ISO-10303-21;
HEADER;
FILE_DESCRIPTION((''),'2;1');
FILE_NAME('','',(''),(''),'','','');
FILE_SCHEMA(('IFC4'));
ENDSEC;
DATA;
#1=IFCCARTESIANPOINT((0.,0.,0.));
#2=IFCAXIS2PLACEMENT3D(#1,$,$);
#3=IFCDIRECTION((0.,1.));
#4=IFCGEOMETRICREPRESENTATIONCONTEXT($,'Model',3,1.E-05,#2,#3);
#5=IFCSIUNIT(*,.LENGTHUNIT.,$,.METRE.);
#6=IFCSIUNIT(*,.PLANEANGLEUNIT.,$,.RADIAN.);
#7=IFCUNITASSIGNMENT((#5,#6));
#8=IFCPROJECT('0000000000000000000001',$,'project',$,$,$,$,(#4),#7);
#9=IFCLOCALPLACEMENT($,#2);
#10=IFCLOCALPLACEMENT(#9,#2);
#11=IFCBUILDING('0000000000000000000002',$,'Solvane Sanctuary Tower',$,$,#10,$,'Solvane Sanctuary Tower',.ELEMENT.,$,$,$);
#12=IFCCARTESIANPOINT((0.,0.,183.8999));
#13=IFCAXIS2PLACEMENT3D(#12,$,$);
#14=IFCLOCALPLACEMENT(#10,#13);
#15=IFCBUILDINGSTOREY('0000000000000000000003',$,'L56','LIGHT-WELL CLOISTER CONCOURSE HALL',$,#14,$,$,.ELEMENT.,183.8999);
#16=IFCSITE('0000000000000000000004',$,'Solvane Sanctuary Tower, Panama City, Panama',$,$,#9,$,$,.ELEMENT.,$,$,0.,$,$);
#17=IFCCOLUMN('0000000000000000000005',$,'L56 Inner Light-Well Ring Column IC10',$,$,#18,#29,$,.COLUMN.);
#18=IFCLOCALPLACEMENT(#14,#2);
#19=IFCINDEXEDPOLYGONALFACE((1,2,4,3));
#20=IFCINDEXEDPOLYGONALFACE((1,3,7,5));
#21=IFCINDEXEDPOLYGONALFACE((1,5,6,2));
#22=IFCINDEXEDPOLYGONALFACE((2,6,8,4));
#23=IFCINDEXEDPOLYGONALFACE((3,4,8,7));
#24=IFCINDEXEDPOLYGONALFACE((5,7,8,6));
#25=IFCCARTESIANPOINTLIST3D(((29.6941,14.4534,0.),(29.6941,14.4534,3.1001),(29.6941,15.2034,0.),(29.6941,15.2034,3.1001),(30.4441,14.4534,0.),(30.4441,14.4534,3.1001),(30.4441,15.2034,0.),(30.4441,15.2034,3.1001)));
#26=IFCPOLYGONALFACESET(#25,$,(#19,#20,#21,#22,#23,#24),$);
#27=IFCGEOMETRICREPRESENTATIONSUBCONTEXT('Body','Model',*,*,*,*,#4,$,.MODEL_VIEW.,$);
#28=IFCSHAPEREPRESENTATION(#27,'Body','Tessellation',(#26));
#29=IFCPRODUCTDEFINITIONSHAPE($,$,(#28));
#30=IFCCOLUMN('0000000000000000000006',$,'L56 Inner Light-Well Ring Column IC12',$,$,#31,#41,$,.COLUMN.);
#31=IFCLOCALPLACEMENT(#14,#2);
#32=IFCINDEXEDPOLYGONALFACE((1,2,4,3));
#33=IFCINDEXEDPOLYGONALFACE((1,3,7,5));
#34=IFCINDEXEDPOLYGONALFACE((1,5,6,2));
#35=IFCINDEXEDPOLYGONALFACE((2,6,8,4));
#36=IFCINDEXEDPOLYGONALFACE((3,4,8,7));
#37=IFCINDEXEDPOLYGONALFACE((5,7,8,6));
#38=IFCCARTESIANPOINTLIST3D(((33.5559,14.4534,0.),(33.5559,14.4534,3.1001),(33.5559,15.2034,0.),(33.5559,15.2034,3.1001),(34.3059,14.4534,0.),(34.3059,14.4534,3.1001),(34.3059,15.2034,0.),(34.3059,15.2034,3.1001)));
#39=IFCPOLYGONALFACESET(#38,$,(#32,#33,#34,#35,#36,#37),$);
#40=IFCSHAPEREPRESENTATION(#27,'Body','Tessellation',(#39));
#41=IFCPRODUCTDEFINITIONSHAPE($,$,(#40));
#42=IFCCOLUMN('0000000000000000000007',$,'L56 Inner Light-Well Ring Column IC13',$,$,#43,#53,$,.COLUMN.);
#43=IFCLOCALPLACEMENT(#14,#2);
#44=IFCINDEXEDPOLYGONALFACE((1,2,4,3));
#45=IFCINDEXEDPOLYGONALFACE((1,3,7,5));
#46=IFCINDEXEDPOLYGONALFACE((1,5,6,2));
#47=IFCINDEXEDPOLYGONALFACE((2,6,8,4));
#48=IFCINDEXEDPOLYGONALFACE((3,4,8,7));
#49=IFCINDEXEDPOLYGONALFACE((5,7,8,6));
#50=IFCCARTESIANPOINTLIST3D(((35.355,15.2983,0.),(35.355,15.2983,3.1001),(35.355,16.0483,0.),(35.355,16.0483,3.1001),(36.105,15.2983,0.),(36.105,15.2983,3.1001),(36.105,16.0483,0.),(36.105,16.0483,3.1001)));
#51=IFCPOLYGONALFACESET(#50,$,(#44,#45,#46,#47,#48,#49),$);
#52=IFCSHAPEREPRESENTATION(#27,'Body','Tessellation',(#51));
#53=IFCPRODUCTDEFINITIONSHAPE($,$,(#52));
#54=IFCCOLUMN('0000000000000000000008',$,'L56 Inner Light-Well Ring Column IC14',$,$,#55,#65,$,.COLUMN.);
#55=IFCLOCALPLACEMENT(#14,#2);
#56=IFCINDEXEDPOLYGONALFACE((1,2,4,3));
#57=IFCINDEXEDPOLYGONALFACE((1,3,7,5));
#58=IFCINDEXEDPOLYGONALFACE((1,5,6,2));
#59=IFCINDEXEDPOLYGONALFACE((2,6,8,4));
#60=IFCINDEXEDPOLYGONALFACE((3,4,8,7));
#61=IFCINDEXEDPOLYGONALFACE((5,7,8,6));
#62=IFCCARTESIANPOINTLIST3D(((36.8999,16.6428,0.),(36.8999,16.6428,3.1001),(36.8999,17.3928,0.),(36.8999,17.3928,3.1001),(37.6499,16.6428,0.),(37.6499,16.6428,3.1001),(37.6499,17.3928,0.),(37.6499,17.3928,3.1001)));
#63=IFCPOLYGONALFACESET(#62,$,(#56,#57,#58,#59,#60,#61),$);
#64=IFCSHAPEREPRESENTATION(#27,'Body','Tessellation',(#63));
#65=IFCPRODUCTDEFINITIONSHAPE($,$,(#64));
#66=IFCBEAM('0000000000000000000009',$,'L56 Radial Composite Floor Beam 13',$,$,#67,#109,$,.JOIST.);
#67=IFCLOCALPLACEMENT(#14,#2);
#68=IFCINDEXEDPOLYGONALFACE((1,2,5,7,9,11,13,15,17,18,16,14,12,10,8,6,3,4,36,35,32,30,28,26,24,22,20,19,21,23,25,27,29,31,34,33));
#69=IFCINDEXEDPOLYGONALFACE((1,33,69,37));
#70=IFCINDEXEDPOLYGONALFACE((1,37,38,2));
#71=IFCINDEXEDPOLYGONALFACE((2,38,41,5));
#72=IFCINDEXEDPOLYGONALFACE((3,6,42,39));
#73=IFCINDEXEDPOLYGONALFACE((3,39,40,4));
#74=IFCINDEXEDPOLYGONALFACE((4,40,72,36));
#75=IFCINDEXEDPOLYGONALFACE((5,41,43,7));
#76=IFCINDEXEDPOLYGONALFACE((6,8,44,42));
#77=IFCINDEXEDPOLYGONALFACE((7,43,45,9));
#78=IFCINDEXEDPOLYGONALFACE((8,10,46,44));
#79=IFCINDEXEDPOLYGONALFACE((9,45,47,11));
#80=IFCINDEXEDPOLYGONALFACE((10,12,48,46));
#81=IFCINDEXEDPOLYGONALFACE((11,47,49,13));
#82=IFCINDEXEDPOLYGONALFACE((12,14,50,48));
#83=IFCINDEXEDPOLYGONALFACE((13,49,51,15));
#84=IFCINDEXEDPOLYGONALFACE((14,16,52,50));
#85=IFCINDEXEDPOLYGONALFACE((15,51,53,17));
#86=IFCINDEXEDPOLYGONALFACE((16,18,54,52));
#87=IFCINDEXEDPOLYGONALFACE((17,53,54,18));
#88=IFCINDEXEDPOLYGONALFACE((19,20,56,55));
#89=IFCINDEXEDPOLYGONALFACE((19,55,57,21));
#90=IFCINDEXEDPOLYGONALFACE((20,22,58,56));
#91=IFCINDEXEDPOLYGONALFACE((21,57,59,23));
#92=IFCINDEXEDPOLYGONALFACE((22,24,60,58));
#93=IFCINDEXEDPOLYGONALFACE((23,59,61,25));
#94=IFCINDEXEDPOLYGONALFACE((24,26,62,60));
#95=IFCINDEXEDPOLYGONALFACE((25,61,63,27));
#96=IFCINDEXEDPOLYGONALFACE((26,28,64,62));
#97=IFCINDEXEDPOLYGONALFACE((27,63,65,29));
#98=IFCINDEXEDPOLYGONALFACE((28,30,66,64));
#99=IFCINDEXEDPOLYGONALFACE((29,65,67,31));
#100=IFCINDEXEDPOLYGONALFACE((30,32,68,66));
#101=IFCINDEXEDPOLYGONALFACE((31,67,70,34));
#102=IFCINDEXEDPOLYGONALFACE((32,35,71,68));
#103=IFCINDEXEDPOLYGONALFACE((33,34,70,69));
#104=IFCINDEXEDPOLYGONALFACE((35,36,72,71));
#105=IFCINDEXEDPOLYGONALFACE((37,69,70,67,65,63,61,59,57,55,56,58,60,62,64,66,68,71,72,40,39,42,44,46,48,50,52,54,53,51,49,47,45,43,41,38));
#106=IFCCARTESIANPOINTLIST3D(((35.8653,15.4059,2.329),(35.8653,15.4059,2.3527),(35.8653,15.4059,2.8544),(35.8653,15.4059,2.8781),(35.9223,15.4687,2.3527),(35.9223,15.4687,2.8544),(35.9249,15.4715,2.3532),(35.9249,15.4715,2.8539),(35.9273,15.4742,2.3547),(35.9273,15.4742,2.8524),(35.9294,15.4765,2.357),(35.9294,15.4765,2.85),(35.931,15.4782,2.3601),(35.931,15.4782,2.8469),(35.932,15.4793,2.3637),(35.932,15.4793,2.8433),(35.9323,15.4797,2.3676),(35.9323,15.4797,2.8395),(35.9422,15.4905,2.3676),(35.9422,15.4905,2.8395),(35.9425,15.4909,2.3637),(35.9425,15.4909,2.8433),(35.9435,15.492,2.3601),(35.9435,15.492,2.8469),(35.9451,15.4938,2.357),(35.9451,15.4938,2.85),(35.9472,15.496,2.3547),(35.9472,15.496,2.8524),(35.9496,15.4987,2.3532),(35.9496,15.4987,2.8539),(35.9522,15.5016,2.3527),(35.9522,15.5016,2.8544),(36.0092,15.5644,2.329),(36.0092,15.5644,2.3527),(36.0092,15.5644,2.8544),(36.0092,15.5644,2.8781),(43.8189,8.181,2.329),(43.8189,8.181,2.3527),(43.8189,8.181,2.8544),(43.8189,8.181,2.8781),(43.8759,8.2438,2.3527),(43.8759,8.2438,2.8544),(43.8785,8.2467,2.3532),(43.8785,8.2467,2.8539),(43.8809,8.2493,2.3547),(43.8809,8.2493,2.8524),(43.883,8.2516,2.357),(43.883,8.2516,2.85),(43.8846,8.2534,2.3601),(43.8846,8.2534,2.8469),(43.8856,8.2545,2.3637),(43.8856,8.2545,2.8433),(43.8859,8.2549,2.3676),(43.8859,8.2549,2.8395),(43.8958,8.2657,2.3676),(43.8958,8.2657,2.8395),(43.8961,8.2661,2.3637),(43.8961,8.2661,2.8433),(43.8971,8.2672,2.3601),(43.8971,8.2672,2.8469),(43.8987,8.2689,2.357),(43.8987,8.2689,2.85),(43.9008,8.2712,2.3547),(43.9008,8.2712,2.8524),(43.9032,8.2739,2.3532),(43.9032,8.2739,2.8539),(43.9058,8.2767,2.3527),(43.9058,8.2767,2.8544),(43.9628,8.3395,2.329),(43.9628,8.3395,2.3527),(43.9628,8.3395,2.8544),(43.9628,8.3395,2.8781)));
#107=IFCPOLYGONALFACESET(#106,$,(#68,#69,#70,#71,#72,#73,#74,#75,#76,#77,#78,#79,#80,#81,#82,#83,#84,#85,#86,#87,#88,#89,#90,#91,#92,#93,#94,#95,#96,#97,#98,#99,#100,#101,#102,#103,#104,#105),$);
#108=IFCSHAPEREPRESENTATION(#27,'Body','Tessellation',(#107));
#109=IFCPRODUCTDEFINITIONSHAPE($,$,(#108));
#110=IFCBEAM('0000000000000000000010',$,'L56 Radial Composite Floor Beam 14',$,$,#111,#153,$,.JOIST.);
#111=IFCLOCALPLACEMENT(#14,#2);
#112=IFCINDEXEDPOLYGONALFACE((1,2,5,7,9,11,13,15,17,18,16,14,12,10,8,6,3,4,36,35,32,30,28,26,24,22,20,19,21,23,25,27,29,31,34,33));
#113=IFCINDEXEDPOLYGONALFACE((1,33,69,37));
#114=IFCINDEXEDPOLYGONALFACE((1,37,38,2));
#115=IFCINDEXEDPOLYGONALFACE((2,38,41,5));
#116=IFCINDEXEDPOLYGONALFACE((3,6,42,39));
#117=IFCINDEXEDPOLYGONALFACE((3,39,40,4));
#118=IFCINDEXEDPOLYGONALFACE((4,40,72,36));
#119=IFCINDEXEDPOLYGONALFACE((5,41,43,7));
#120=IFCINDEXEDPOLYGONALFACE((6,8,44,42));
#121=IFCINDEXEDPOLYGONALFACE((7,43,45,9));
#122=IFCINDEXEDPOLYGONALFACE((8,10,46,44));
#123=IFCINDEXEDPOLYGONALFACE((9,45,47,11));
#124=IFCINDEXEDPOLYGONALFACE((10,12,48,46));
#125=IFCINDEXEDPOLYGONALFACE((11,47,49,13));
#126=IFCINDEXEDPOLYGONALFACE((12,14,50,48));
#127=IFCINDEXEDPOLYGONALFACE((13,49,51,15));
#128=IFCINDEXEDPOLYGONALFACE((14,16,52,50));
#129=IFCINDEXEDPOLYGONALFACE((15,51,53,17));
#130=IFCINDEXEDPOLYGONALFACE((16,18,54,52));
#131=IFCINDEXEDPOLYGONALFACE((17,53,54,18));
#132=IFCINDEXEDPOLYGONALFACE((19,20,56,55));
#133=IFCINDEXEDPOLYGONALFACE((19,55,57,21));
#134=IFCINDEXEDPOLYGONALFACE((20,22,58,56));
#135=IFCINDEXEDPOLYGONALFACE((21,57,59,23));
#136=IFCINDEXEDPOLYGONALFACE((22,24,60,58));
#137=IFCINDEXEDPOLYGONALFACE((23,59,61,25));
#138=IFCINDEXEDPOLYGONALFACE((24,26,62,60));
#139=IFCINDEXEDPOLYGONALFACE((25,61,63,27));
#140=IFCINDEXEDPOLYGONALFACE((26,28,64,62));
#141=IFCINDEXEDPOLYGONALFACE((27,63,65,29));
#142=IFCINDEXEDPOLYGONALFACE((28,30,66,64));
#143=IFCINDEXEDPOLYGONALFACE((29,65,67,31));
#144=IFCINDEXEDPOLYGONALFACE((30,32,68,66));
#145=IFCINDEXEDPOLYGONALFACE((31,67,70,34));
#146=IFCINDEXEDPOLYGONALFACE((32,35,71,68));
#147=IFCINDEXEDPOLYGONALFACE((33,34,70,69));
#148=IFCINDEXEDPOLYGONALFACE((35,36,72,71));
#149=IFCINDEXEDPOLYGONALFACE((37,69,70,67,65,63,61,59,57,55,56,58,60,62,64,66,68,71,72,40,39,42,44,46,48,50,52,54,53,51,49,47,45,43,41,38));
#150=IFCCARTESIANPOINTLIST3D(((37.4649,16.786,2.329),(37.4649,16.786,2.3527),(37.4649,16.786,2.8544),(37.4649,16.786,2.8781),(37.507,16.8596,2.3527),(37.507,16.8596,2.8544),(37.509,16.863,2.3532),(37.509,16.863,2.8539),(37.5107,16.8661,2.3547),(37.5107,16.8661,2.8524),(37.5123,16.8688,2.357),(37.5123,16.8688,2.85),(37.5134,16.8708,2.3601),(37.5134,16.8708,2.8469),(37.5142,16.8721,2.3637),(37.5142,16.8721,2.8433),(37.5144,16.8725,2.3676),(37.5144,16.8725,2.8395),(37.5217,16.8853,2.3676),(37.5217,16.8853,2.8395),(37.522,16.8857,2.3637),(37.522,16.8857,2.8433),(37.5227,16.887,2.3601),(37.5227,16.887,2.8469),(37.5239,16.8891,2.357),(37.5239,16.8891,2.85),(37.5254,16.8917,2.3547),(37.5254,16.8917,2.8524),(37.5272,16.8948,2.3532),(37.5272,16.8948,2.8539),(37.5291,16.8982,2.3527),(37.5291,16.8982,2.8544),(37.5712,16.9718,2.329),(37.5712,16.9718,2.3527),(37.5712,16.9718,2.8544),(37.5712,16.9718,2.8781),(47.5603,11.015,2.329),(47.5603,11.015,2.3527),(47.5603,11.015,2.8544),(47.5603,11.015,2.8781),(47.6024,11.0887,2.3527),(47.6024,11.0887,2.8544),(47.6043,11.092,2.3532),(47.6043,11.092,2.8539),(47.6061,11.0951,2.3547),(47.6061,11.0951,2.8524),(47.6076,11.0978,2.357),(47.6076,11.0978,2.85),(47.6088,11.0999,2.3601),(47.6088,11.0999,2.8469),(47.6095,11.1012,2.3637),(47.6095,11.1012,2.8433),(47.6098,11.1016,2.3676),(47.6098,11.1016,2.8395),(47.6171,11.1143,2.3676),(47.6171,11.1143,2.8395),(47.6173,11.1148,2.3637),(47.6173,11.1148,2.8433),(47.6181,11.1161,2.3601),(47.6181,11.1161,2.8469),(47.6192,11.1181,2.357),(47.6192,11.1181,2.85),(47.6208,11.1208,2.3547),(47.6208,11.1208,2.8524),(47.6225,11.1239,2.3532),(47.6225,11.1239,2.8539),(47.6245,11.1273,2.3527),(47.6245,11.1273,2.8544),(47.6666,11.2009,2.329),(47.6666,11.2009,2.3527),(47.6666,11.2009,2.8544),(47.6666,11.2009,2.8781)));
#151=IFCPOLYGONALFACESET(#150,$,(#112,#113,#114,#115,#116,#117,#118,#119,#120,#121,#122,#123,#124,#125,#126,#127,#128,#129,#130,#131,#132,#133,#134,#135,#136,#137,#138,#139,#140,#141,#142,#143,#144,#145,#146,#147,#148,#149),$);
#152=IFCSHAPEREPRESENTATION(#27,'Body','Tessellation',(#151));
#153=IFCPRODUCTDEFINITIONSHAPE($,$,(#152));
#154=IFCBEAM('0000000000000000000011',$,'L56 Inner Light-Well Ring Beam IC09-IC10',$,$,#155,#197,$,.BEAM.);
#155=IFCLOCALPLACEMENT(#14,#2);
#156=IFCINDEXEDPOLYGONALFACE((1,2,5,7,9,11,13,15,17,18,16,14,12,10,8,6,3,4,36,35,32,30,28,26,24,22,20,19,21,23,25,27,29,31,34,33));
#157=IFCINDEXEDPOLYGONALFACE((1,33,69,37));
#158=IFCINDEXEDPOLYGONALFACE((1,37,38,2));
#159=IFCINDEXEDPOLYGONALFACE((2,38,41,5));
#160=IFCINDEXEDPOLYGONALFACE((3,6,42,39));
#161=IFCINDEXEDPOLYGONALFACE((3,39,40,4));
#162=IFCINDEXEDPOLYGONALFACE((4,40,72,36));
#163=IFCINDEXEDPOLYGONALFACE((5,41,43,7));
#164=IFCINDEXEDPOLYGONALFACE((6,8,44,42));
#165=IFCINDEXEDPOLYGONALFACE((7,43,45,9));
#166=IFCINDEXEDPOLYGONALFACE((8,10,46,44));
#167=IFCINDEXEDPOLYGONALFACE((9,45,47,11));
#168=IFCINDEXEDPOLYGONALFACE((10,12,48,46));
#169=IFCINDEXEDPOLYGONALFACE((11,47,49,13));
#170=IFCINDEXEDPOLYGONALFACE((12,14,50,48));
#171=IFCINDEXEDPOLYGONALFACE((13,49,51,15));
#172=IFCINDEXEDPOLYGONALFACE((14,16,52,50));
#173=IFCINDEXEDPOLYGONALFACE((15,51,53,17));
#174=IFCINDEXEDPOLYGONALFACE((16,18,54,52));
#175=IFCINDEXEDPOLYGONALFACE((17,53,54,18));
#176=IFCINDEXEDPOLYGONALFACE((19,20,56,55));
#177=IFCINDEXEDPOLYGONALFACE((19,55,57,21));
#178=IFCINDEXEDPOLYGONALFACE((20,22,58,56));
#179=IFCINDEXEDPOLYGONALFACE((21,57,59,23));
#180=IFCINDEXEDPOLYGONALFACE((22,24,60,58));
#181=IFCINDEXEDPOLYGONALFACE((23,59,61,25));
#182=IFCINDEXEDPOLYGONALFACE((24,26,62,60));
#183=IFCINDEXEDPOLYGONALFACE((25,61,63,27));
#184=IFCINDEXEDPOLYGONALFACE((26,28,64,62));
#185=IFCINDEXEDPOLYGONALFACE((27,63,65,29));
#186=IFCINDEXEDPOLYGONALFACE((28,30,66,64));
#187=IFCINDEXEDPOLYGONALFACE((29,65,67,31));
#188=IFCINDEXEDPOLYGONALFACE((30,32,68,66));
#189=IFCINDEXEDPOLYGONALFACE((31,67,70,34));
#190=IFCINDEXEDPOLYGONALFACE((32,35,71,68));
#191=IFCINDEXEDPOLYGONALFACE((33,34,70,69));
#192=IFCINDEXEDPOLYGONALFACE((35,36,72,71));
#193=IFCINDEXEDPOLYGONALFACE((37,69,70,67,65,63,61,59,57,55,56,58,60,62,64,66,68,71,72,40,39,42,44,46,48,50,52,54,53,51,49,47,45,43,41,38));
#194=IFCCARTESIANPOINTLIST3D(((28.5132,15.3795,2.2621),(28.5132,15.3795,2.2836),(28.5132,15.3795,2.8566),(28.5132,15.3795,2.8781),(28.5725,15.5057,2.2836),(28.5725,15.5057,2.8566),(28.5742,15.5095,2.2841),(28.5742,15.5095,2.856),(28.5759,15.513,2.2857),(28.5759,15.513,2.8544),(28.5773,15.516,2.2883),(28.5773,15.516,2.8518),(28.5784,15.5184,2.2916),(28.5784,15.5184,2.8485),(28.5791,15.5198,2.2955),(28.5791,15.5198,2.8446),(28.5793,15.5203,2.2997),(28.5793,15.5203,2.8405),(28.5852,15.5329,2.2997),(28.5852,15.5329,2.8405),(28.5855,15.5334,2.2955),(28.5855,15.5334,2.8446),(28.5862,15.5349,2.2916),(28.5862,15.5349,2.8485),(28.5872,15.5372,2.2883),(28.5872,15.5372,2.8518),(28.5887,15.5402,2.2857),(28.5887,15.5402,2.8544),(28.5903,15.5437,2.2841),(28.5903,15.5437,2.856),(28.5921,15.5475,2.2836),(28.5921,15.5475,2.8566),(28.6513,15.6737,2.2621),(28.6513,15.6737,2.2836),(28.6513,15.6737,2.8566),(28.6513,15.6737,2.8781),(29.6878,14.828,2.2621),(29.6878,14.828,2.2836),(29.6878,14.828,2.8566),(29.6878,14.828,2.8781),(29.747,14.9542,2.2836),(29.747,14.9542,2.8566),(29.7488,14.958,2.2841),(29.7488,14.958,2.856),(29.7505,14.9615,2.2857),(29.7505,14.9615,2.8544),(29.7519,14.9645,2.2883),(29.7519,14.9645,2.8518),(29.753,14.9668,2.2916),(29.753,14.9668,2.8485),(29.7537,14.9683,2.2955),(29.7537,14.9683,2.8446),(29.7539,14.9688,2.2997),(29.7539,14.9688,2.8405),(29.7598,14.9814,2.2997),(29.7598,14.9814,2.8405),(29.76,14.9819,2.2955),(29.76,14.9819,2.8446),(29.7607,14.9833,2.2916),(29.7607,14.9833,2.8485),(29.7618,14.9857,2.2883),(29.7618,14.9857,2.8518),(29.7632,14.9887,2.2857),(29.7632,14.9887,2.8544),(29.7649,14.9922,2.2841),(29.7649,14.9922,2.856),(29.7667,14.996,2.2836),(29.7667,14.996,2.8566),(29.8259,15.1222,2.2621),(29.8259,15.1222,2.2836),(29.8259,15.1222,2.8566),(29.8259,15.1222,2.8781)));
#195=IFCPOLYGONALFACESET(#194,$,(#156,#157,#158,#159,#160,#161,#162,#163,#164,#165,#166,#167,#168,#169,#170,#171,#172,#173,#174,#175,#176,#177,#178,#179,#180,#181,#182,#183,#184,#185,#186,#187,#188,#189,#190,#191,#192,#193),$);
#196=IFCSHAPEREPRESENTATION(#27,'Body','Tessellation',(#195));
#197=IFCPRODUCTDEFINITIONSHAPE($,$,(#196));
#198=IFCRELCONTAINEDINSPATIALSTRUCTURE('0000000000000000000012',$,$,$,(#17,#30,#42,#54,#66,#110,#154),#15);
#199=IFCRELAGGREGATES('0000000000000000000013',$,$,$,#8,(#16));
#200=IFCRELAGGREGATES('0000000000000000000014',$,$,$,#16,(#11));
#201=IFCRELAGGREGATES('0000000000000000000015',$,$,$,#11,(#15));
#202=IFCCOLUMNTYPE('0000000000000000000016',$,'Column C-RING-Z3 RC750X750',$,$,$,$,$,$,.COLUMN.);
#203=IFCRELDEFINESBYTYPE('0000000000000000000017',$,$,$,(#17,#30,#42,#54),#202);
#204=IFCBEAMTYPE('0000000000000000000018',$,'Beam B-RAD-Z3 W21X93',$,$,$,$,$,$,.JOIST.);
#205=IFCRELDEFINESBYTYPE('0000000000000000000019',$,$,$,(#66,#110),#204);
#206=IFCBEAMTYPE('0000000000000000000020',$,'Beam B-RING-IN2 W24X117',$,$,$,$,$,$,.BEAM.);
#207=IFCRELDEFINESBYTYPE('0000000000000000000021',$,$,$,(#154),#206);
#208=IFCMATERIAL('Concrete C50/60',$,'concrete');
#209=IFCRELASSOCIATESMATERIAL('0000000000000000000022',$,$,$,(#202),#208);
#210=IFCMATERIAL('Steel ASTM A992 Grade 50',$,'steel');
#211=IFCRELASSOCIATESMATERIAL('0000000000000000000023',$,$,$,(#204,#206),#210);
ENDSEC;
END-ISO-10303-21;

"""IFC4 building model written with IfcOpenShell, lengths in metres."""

from ifc_helpers import new_model, si_unit, direction, frame, origin, origin_2d, place, context, subcontext, project, spatial, rectangle, i_section, extrude, material, material_profile, profile_set, type_object, element, save


model = new_model("IFC4")

# Units and contexts
model_context = context("Model", 3, precision=1e-05, world=origin(), true_north=direction((0.0, 1.0)))
body_context = subcontext(model_context, "Body", "Model", "MODEL_VIEW")
ifc_project = project(units=[si_unit("LENGTHUNIT", "METRE"), si_unit("PLANEANGLEUNIT", "RADIAN")], contexts=[model_context])

# Site, building, storey
site_placement = place(None, origin())
site = spatial("IfcSite", under=ifc_project, at=site_placement, Name="Solvane Sanctuary Tower, Panama City, Panama", CompositionType="ELEMENT", RefElevation=0.0)
building_placement = place(site_placement, origin())
building = spatial("IfcBuilding", under=site, at=building_placement, Name="Solvane Sanctuary Tower", LongName="Solvane Sanctuary Tower", CompositionType="ELEMENT")
storey_placement = place(building_placement, frame((0.0, 0.0, 183.8999)))
storey = spatial("IfcBuildingStorey", under=building, at=storey_placement, Name="L56", Description="LIGHT-WELL CLOISTER CONCOURSE HALL", CompositionType="ELEMENT", Elevation=183.8999)

# Columns
ifc_material_1 = material(Name="Concrete C50/60", Category="concrete")
ifc_material_profile_1 = material_profile(ifc_material_1, rectangle(XDim=0.75, YDim=0.75, at=origin_2d()), Name="RC750X750")
ifc_profile_set_1 = profile_set([ifc_material_profile_1], Name="Concrete C50/60")
column_type = type_object("IfcColumnType", Name="Column C-RING-Z3 RC750X750", PredefinedType="COLUMN", material=ifc_profile_set_1)
for number, where, z_axis, x_axis, name in (
    (1, (30.0691, 14.8284, 0.0), (0.0, 0.0, 1.0), (1.0, 0.0, 0.0), "L56 Inner Light-Well Ring Column IC10"),
    (2, (33.9309, 14.8284, 0.0), (0.0, 0.0, 1.0), (1.0, 0.0, 0.0), "L56 Inner Light-Well Ring Column IC12"),
    (3, (35.73, 15.6733, 0.0), (0.0, 0.0, 1.0), (1.0, 0.0, 0.0), "L56 Inner Light-Well Ring Column IC13"),
    (4, (37.2749, 17.0178, 0.0), (0.0, 0.0, 1.0), (1.0, 0.0, 0.0), "L56 Inner Light-Well Ring Column IC14"),
):
    element("IfcColumn", number, at=place(storey_placement, frame(where, z_axis=z_axis, x_axis=x_axis)), inside=storey, type_object=column_type, Name=name, PredefinedType="COLUMN", context=body_context, shape_type="SweptSolid", body=[
        extrude(rectangle(XDim=0.75, YDim=0.75, at=origin_2d()), origin(), (0.0, 0.0, 1.0), 3.1001),
    ])

# Beams
ifc_material_2 = material(Name="Steel ASTM A992 Grade 50", Category="steel")
ifc_material_profile_2 = material_profile(ifc_material_2, i_section(OverallWidth=0.2141, OverallDepth=0.5491, WebThickness=0.0146, FlangeThickness=0.0237, FilletRadius=0.0149, at=origin_2d()), Name="W21X93")
ifc_profile_set_2 = profile_set([ifc_material_profile_2], Name="Steel ASTM A992 Grade 50")
beam_type_1 = type_object("IfcBeamType", Name="Beam B-RAD-Z3 W21X93", PredefinedType="JOIST", material=ifc_profile_set_2)
beam_1_placement = place(storey_placement, frame((35.9373, 15.4851, 2.6035), z_axis=(0.740204, -0.672382, 0.0), x_axis=(0.672382, 0.740204, 0.0)))
element("IfcBeam", 5, at=beam_1_placement, inside=storey, type_object=beam_type_1, Name="L56 Radial Composite Floor Beam 13", PredefinedType="JOIST", context=body_context, shape_type="SweptSolid", body=[
    extrude(i_section(OverallWidth=0.2141, OverallDepth=0.5491, WebThickness=0.0146, FlangeThickness=0.0237, FilletRadius=0.0149, at=origin_2d()), origin(), (0.0, 0.0, 1.0), 10.7451),
])
beam_2_placement = place(storey_placement, frame((37.5181, 16.8789, 2.6035), z_axis=(0.868163, -0.496279, 0.0), x_axis=(0.496279, 0.868163, 0.0)))
element("IfcBeam", 6, at=beam_2_placement, inside=storey, type_object=beam_type_1, Name="L56 Radial Composite Floor Beam 14", PredefinedType="JOIST", context=body_context, shape_type="SweptSolid", body=[
    extrude(i_section(OverallWidth=0.2141, OverallDepth=0.5491, WebThickness=0.0146, FlangeThickness=0.0237, FilletRadius=0.0149, at=origin_2d()), origin(), (0.0, 0.0, 1.0), 11.6284),
])
ifc_material_profile_3 = material_profile(ifc_material_2, i_section(OverallWidth=0.325, OverallDepth=0.616, WebThickness=0.0139, FlangeThickness=0.0215, FilletRadius=0.0161, at=origin_2d()), Name="W24X117")
ifc_profile_set_3 = profile_set([ifc_material_profile_3], Name="Steel ASTM A992 Grade 50")
beam_type_2 = type_object("IfcBeamType", Name="Beam B-RING-IN2 W24X117", PredefinedType="BEAM", material=ifc_profile_set_3)
beam_3_placement = place(storey_placement, frame((28.5823, 15.5266, 2.5701), z_axis=(0.905181, -0.425027, 0.0), x_axis=(0.425027, 0.905181, 0.0)))
element("IfcBeam", 7, at=beam_3_placement, inside=storey, type_object=beam_type_2, Name="L56 Inner Light-Well Ring Beam IC09-IC10", PredefinedType="BEAM", context=body_context, shape_type="SweptSolid", body=[
    extrude(i_section(OverallWidth=0.325, OverallDepth=0.616, WebThickness=0.0139, FlangeThickness=0.0215, FilletRadius=0.0161, at=origin_2d()), origin(), (0.0, 0.0, 1.0), 1.2976),
])

save(model, "model.ifc")
